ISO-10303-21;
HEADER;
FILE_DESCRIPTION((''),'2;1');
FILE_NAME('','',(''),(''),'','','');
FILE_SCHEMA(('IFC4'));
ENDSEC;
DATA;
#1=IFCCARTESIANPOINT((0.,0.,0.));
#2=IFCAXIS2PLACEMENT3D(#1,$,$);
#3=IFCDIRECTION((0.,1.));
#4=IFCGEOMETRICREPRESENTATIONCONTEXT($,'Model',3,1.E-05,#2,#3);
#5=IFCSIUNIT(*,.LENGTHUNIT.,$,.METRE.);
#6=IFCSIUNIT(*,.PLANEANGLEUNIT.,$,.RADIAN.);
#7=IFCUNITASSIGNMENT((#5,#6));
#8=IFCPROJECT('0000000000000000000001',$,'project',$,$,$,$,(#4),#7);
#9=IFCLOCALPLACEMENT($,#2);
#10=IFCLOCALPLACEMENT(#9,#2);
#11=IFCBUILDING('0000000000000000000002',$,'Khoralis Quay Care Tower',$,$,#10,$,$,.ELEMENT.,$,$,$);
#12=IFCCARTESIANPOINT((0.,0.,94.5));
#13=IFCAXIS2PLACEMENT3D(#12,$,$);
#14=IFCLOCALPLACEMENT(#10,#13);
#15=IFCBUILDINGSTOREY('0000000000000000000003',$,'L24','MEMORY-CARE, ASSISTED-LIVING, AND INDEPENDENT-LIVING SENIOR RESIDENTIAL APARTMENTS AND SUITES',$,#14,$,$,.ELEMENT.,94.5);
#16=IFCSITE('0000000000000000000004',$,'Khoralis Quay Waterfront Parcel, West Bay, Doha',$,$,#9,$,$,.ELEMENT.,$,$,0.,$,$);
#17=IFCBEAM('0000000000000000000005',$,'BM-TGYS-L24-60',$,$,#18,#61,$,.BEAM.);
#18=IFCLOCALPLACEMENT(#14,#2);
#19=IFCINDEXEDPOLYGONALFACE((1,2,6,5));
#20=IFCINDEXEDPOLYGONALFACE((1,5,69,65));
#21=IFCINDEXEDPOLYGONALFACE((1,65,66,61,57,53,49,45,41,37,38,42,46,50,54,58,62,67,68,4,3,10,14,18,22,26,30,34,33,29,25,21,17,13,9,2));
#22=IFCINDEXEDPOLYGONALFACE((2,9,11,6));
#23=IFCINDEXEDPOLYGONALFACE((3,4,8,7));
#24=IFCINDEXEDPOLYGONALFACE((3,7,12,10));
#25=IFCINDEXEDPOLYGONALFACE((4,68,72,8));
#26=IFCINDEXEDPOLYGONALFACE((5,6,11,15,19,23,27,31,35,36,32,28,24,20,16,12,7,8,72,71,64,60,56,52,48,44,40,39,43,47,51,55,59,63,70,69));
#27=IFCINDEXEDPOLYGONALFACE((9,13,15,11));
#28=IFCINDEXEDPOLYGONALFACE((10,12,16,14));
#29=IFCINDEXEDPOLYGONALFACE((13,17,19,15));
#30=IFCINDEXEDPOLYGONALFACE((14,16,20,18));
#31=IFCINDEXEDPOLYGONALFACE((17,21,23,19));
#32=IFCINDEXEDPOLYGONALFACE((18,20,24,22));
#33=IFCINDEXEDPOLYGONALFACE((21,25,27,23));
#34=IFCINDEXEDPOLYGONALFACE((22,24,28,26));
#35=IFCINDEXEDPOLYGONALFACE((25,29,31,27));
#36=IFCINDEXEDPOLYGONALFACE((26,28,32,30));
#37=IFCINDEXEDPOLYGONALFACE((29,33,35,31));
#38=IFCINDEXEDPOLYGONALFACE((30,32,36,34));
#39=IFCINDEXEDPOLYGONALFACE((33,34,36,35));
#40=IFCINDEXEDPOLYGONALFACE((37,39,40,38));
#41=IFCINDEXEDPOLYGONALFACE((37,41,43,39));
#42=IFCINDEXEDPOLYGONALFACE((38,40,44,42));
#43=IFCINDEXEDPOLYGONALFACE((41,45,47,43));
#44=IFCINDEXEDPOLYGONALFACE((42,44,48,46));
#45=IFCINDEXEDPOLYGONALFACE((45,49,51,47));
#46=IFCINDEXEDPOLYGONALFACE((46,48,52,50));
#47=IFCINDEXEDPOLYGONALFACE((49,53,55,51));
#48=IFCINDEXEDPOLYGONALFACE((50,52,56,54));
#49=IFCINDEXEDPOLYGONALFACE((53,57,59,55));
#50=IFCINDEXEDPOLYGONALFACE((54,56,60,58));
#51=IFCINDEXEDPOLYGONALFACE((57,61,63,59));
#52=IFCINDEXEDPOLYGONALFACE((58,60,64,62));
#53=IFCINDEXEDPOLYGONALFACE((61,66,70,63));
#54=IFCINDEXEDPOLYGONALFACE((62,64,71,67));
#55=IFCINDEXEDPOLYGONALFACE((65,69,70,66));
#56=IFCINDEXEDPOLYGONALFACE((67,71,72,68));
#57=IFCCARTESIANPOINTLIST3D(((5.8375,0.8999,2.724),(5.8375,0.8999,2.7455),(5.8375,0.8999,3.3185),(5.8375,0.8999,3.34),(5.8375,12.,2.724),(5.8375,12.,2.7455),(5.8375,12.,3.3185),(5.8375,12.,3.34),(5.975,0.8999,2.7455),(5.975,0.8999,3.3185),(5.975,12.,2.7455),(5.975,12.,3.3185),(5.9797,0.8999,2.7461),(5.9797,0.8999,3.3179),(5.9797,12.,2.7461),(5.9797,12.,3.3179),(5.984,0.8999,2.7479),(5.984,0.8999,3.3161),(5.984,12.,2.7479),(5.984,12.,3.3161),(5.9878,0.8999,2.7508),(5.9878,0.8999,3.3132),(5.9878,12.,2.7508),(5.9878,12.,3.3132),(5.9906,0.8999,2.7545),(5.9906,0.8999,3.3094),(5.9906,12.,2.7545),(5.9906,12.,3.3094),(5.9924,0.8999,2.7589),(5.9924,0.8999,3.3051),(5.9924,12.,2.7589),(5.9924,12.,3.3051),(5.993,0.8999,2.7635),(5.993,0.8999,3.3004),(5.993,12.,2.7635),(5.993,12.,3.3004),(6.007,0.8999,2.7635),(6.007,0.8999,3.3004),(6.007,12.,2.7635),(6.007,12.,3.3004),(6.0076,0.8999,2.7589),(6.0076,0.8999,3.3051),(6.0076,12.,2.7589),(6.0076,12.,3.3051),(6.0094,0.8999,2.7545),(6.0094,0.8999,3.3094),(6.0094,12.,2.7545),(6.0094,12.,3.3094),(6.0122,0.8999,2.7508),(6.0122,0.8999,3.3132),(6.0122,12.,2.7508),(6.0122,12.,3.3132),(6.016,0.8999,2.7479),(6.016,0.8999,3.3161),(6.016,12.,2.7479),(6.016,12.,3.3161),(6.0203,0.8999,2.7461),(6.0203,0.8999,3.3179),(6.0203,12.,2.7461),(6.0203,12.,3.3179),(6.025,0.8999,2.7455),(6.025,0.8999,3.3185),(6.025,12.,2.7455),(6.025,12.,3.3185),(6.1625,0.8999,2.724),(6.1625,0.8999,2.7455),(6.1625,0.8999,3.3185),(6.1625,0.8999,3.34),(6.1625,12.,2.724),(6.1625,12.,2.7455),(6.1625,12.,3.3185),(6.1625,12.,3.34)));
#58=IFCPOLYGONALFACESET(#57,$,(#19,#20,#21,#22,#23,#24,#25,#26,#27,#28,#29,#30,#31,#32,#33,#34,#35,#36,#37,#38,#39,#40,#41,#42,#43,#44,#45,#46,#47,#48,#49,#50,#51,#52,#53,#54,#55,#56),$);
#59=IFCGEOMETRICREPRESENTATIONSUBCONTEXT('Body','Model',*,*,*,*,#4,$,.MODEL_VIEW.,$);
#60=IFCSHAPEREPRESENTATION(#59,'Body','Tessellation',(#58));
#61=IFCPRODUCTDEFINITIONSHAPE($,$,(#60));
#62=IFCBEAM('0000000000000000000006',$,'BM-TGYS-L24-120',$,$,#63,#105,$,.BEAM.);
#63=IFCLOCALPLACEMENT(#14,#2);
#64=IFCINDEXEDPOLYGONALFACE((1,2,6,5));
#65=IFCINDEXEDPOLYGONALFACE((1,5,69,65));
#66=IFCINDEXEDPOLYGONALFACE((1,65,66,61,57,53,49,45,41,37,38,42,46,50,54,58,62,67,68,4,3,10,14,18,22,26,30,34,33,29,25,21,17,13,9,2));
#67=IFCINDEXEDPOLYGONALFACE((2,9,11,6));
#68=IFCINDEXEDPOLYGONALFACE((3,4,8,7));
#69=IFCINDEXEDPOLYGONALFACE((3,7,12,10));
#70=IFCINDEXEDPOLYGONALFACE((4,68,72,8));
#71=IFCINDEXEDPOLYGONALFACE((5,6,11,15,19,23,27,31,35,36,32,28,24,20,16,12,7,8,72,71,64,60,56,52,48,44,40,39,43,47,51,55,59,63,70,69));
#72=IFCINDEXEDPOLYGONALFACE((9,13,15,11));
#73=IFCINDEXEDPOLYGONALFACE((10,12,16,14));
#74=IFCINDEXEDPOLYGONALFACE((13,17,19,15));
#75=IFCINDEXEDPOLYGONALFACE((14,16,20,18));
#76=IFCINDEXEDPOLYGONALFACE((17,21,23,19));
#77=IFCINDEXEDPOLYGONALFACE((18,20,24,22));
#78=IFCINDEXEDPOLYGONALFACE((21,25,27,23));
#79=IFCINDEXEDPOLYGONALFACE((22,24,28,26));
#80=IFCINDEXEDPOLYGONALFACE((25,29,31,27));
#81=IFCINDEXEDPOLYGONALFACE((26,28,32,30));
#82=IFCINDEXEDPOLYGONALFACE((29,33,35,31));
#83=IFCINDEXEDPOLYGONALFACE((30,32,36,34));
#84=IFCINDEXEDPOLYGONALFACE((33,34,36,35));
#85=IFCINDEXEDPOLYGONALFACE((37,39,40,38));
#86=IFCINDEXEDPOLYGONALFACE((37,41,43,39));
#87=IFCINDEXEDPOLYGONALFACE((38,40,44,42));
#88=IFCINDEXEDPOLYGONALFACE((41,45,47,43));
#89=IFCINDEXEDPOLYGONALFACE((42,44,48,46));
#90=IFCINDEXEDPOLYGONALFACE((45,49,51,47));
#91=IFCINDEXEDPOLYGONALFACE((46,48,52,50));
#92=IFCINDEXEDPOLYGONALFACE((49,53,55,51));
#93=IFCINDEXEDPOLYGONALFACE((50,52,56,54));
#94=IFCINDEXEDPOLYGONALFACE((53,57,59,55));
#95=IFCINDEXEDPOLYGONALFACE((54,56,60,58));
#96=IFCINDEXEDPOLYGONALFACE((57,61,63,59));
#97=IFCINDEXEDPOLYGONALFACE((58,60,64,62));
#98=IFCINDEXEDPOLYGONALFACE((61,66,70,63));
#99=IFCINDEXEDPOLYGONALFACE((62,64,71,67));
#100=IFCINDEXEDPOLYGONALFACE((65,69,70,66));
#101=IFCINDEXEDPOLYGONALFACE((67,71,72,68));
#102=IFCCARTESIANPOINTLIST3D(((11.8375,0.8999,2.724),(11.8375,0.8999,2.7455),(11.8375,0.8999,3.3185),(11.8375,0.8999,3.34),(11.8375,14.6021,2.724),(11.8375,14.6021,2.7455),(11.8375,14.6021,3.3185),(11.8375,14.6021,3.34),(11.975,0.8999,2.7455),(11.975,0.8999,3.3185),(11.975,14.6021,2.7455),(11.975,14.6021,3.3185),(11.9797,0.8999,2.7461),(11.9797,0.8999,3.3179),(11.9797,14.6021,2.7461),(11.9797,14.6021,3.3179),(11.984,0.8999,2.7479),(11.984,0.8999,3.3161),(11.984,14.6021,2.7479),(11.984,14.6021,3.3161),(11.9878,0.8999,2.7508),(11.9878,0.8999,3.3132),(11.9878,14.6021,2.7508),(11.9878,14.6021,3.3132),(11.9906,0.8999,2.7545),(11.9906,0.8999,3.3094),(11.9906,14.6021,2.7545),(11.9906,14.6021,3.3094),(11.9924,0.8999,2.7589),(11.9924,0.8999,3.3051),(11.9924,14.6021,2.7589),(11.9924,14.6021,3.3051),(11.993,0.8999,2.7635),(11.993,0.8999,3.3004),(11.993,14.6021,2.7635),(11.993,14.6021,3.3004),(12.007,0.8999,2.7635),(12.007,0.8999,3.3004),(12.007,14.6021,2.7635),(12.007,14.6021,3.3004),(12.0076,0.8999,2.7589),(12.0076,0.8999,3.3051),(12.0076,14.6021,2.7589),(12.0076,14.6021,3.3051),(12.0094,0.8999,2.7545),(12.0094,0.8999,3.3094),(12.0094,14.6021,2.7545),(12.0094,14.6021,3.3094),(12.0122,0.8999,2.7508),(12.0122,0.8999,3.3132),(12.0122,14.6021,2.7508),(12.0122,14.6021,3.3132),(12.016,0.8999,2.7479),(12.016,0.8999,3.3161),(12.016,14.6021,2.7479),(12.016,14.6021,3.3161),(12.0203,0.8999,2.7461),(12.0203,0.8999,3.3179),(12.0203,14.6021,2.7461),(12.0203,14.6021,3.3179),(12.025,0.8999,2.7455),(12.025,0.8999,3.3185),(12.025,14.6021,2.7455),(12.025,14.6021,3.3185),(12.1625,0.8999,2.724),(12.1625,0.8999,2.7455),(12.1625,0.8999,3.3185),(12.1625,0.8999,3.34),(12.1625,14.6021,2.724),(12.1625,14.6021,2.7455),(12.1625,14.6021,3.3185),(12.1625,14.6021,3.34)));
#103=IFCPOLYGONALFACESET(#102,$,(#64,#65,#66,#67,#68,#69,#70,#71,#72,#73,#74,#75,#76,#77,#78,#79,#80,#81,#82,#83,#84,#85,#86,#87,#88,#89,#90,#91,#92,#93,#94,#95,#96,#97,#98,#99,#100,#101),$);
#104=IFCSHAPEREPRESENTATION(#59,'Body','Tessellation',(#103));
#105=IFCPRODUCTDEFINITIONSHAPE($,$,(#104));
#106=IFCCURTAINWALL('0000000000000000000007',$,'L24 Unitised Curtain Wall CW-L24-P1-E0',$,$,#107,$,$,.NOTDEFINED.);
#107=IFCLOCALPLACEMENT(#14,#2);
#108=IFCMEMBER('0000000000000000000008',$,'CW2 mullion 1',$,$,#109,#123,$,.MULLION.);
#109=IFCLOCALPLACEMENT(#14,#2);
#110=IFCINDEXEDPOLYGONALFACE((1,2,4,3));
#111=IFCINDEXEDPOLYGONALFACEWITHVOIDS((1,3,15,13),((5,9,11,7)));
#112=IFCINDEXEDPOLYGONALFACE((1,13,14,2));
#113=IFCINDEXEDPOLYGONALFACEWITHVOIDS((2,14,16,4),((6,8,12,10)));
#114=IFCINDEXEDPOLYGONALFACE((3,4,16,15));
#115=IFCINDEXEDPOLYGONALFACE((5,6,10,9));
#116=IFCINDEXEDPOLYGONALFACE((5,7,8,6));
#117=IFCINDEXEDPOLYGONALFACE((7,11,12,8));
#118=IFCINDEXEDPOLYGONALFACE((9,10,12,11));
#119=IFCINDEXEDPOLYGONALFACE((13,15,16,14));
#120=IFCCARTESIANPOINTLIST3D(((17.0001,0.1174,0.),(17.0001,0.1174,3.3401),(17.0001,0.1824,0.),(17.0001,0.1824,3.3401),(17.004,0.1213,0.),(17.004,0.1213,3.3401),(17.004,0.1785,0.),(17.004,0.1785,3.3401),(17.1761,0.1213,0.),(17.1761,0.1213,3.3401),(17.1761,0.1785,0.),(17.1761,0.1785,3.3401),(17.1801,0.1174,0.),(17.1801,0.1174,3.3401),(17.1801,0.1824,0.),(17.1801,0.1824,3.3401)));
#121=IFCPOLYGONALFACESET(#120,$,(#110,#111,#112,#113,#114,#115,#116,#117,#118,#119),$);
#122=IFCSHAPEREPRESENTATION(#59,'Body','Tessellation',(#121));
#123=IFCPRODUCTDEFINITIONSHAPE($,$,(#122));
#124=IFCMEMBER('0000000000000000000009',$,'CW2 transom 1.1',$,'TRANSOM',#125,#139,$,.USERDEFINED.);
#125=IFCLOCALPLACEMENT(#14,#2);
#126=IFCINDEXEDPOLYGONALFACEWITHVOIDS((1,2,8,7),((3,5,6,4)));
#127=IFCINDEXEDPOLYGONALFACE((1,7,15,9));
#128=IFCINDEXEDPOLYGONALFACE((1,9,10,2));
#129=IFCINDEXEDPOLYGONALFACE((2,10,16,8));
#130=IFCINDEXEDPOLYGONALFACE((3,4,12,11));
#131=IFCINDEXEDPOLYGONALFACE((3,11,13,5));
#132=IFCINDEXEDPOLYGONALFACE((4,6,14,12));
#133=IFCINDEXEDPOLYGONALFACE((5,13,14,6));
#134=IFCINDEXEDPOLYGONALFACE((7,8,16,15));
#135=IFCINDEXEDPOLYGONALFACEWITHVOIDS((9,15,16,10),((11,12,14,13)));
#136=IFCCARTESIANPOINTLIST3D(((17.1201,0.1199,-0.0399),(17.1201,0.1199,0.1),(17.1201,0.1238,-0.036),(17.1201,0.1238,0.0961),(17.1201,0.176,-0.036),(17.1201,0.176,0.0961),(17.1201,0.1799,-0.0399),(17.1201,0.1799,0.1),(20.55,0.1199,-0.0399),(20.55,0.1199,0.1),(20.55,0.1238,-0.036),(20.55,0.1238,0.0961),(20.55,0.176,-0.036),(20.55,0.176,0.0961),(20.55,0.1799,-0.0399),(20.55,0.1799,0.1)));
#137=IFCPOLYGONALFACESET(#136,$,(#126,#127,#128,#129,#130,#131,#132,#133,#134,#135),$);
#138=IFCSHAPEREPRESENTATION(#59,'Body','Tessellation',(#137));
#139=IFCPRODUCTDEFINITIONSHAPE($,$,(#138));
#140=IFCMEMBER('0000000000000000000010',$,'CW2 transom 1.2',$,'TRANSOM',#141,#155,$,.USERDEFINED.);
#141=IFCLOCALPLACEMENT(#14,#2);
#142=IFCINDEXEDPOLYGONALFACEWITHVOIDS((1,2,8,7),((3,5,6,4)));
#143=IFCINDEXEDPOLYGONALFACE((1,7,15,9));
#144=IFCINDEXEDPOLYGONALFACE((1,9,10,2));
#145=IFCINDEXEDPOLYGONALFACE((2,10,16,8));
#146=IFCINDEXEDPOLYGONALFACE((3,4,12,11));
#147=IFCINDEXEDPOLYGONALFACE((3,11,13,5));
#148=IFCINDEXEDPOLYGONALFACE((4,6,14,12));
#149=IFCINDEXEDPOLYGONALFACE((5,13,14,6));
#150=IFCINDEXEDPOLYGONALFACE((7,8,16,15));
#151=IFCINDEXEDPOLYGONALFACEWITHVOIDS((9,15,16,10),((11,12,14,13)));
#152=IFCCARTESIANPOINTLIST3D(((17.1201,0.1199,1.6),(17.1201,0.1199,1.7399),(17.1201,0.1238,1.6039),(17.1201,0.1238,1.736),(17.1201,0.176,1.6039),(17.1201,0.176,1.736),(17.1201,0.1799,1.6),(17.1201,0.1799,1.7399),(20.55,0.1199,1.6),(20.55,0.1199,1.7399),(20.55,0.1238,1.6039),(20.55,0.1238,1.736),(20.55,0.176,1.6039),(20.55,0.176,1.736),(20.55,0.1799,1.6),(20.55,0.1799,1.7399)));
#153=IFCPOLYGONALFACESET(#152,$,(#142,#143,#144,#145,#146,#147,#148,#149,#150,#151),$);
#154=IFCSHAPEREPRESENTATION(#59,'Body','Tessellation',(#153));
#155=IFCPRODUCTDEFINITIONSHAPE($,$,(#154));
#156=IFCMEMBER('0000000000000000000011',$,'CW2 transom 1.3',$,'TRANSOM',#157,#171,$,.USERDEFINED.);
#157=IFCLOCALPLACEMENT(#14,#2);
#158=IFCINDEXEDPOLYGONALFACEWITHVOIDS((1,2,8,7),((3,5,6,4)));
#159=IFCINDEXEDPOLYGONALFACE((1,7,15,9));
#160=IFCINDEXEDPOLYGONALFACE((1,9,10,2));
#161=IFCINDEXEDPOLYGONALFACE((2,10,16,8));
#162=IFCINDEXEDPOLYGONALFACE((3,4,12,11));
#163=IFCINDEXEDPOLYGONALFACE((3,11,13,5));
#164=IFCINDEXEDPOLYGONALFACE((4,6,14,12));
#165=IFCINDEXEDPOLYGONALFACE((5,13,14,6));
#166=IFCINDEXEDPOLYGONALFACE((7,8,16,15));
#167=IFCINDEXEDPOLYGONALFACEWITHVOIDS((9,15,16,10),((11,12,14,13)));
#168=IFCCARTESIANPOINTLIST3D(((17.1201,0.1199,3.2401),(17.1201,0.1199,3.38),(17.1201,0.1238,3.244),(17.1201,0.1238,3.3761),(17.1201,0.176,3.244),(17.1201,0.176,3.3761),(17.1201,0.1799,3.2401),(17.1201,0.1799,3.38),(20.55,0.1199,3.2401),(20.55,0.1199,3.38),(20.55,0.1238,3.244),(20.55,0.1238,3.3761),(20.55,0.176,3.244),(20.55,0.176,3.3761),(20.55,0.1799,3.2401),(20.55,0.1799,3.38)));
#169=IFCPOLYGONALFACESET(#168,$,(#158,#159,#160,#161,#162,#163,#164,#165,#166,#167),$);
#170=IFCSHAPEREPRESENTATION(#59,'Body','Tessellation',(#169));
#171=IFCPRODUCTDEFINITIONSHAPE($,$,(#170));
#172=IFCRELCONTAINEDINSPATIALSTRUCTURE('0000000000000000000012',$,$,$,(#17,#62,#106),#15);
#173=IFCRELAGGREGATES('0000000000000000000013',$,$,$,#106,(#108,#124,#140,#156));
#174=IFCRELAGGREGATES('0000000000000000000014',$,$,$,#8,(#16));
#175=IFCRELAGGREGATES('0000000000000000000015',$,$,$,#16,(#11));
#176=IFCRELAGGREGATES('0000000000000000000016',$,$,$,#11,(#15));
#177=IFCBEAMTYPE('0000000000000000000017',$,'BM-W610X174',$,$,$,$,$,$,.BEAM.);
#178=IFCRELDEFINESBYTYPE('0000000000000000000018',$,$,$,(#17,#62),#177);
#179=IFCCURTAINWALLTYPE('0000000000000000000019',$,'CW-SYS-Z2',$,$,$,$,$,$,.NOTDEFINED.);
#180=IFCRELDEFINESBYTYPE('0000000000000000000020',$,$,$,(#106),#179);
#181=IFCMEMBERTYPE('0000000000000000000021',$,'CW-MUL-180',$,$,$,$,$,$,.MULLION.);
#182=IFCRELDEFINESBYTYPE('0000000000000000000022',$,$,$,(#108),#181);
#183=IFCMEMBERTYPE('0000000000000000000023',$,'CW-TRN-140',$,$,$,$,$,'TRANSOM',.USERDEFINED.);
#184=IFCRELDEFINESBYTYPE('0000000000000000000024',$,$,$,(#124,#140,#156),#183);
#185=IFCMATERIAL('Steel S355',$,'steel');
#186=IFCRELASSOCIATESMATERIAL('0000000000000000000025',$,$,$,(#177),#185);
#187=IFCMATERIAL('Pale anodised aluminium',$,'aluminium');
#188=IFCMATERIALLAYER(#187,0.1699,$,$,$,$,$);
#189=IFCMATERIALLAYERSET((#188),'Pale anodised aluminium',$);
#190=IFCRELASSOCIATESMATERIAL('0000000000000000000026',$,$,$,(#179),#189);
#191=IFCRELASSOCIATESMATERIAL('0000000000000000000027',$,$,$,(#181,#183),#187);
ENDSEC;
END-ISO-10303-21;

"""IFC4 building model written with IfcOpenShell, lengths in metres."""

from ifc_helpers import new_model, si_unit, direction, frame, origin, origin_2d, place, context, subcontext, project, spatial, hollow_rectangle, i_section, extrude, source, transform, mapped, material, layer, layer_set, material_profile, profile_set, type_object, element, aggregate, save


model = new_model("IFC4")

# Units and contexts
model_context = context("Model", 3, precision=1e-05, world=origin(), true_north=direction((0.0, 1.0)))
body_context = subcontext(model_context, "Body", "Model", "MODEL_VIEW")
ifc_project = project(units=[si_unit("LENGTHUNIT", "METRE"), si_unit("PLANEANGLEUNIT", "RADIAN")], contexts=[model_context])

# Site, building, storey
site_placement = place(None, origin())
site = spatial("IfcSite", under=ifc_project, at=site_placement, Name="Khoralis Quay Waterfront Parcel, West Bay, Doha", CompositionType="ELEMENT", RefElevation=0.0)
building_placement = place(site_placement, origin())
building = spatial("IfcBuilding", under=site, at=building_placement, Name="Khoralis Quay Care Tower", CompositionType="ELEMENT")
storey_placement = place(building_placement, frame((0.0, 0.0, 94.5)))
storey = spatial("IfcBuildingStorey", under=building, at=storey_placement, Name="L24", Description="MEMORY-CARE, ASSISTED-LIVING, AND INDEPENDENT-LIVING SENIOR RESIDENTIAL APARTMENTS AND SUITES", CompositionType="ELEMENT", Elevation=94.5)

# Beams
ifc_material_1 = material(Name="Steel S355", Category="steel")
ifc_material_profile_1 = material_profile(ifc_material_1, i_section(OverallWidth=0.325, OverallDepth=0.616, WebThickness=0.0139, FlangeThickness=0.0215, FilletRadius=0.0181, at=origin_2d()), Name="Steel S355")
ifc_profile_set_1 = profile_set([ifc_material_profile_1], Name="Steel S355")
beam_type_1 = type_object("IfcBeamType", Name="BM-W610X174", PredefinedType="BEAM", material=ifc_profile_set_1)
shared_shape_1 = source(origin(), body_context, "Body", "SweptSolid", [
    extrude(i_section(OverallWidth=0.325, OverallDepth=0.616, WebThickness=0.0139, FlangeThickness=0.0215, FilletRadius=0.0181, at=origin_2d()), origin(), (0.0, 0.0, 1.0), 11.1001),
])
beam_1_placement = place(storey_placement, frame((6.0, 0.8999, 3.032), z_axis=(0.0, 1.0, 0.0), x_axis=(-1.0, 0.0, 0.0)))
element("IfcBeam", 1, at=beam_1_placement, inside=storey, type_object=beam_type_1, Name="BM-TGYS-L24-60", PredefinedType="BEAM", context=body_context, shape_type="MappedRepresentation", body=[
    mapped(shared_shape_1, transform((0.0, 0.0, 0.0), scale=1.0)),
])
shared_shape_2 = source(origin(), body_context, "Body", "SweptSolid", [
    extrude(i_section(OverallWidth=0.325, OverallDepth=0.616, WebThickness=0.0139, FlangeThickness=0.0215, FilletRadius=0.0181, at=origin_2d()), origin(), (0.0, 0.0, 1.0), 13.7021),
])
beam_2_placement = place(storey_placement, frame((12.0, 0.8999, 3.032), z_axis=(0.0, 1.0, 0.0), x_axis=(-1.0, 0.0, 0.0)))
element("IfcBeam", 2, at=beam_2_placement, inside=storey, type_object=beam_type_1, Name="BM-TGYS-L24-120", PredefinedType="BEAM", context=body_context, shape_type="MappedRepresentation", body=[
    mapped(shared_shape_2, transform((0.0, 0.0, 0.0), scale=1.0)),
])

# Curtain wall, members
ifc_material_2 = material(Name="Pale anodised aluminium", Category="aluminium")
ifc_layer_1 = layer(ifc_material_2, 0.1699)
ifc_layer_set_1 = layer_set([ifc_layer_1], Name="Pale anodised aluminium")
curtain_wall_type = type_object("IfcCurtainWallType", Name="CW-SYS-Z2", PredefinedType="NOTDEFINED", material=ifc_layer_set_1)
curtain_wall_placement = place(storey_placement, origin())
curtain_wall = element("IfcCurtainWall", 3, at=curtain_wall_placement, inside=storey, type_object=curtain_wall_type, Name="L24 Unitised Curtain Wall CW-L24-P1-E0", PredefinedType="NOTDEFINED")
ifc_material_profile_2 = material_profile(ifc_material_2, hollow_rectangle(XDim=0.0649, YDim=0.1799, WallThickness=0.0039, at=origin_2d()), Name="Pale anodised aluminium")
ifc_profile_set_2 = profile_set([ifc_material_profile_2], Name="Pale anodised aluminium")
member_type_1 = type_object("IfcMemberType", Name="CW-MUL-180", PredefinedType="MULLION", material=ifc_profile_set_2)
shared_shape_3 = source(origin(), body_context, "Body", "SweptSolid", [
    extrude(hollow_rectangle(XDim=0.0649, YDim=0.1799, WallThickness=0.0039, at=origin_2d()), origin(), (0.0, 0.0, 1.0), 3.3401),
])
member_1_placement = place(storey_placement, frame((17.0901, 0.1499, 0.0), z_axis=(0.0, 0.0, 1.0), x_axis=(0.0, 1.0, 0.0)))
member_1 = element("IfcMember", 4, at=member_1_placement, type_object=member_type_1, Name="CW2 mullion 1", PredefinedType="MULLION", context=body_context, shape_type="MappedRepresentation", body=[
    mapped(shared_shape_3, transform((0.0, 0.0, 0.0), scale=1.0)),
])
ifc_material_profile_3 = material_profile(ifc_material_2, hollow_rectangle(XDim=0.0601, YDim=0.1399, WallThickness=0.0039, at=origin_2d()), Name="Pale anodised aluminium")
ifc_profile_set_3 = profile_set([ifc_material_profile_3], Name="Pale anodised aluminium")
member_type_2 = type_object("IfcMemberType", Name="CW-TRN-140", ElementType="TRANSOM", PredefinedType="USERDEFINED", material=ifc_profile_set_3)
shared_shape_4 = source(origin(), body_context, "Body", "SweptSolid", [
    extrude(hollow_rectangle(XDim=0.0601, YDim=0.1399, WallThickness=0.0039, at=origin_2d()), origin(), (0.0, 0.0, 1.0), 3.4299),
])
member_2_placement = place(storey_placement, frame((17.1201, 0.1499, 0.03), z_axis=(1.0, 0.0, 0.0), x_axis=(0.0, 1.0, 0.0)))
member_2 = element("IfcMember", 5, at=member_2_placement, type_object=member_type_2, Name="CW2 transom 1.1", ObjectType="TRANSOM", PredefinedType="USERDEFINED", context=body_context, shape_type="MappedRepresentation", body=[
    mapped(shared_shape_4, transform((0.0, 0.0, 0.0), scale=1.0)),
])
member_3_placement = place(storey_placement, frame((17.1201, 0.1499, 1.6699), z_axis=(1.0, 0.0, 0.0), x_axis=(0.0, 1.0, 0.0)))
member_3 = element("IfcMember", 6, at=member_3_placement, type_object=member_type_2, Name="CW2 transom 1.2", ObjectType="TRANSOM", PredefinedType="USERDEFINED", context=body_context, shape_type="MappedRepresentation", body=[
    mapped(shared_shape_4, transform((0.0, 0.0, 0.0), scale=1.0)),
])
member_4_placement = place(storey_placement, frame((17.1201, 0.1499, 3.3101), z_axis=(1.0, 0.0, 0.0), x_axis=(0.0, 1.0, 0.0)))
member_4 = element("IfcMember", 7, at=member_4_placement, type_object=member_type_2, Name="CW2 transom 1.3", ObjectType="TRANSOM", PredefinedType="USERDEFINED", context=body_context, shape_type="MappedRepresentation", body=[
    mapped(shared_shape_4, transform((0.0, 0.0, 0.0), scale=1.0)),
])
aggregate(curtain_wall, [member_1, member_2, member_3, member_4])

save(model, "model.ifc")
